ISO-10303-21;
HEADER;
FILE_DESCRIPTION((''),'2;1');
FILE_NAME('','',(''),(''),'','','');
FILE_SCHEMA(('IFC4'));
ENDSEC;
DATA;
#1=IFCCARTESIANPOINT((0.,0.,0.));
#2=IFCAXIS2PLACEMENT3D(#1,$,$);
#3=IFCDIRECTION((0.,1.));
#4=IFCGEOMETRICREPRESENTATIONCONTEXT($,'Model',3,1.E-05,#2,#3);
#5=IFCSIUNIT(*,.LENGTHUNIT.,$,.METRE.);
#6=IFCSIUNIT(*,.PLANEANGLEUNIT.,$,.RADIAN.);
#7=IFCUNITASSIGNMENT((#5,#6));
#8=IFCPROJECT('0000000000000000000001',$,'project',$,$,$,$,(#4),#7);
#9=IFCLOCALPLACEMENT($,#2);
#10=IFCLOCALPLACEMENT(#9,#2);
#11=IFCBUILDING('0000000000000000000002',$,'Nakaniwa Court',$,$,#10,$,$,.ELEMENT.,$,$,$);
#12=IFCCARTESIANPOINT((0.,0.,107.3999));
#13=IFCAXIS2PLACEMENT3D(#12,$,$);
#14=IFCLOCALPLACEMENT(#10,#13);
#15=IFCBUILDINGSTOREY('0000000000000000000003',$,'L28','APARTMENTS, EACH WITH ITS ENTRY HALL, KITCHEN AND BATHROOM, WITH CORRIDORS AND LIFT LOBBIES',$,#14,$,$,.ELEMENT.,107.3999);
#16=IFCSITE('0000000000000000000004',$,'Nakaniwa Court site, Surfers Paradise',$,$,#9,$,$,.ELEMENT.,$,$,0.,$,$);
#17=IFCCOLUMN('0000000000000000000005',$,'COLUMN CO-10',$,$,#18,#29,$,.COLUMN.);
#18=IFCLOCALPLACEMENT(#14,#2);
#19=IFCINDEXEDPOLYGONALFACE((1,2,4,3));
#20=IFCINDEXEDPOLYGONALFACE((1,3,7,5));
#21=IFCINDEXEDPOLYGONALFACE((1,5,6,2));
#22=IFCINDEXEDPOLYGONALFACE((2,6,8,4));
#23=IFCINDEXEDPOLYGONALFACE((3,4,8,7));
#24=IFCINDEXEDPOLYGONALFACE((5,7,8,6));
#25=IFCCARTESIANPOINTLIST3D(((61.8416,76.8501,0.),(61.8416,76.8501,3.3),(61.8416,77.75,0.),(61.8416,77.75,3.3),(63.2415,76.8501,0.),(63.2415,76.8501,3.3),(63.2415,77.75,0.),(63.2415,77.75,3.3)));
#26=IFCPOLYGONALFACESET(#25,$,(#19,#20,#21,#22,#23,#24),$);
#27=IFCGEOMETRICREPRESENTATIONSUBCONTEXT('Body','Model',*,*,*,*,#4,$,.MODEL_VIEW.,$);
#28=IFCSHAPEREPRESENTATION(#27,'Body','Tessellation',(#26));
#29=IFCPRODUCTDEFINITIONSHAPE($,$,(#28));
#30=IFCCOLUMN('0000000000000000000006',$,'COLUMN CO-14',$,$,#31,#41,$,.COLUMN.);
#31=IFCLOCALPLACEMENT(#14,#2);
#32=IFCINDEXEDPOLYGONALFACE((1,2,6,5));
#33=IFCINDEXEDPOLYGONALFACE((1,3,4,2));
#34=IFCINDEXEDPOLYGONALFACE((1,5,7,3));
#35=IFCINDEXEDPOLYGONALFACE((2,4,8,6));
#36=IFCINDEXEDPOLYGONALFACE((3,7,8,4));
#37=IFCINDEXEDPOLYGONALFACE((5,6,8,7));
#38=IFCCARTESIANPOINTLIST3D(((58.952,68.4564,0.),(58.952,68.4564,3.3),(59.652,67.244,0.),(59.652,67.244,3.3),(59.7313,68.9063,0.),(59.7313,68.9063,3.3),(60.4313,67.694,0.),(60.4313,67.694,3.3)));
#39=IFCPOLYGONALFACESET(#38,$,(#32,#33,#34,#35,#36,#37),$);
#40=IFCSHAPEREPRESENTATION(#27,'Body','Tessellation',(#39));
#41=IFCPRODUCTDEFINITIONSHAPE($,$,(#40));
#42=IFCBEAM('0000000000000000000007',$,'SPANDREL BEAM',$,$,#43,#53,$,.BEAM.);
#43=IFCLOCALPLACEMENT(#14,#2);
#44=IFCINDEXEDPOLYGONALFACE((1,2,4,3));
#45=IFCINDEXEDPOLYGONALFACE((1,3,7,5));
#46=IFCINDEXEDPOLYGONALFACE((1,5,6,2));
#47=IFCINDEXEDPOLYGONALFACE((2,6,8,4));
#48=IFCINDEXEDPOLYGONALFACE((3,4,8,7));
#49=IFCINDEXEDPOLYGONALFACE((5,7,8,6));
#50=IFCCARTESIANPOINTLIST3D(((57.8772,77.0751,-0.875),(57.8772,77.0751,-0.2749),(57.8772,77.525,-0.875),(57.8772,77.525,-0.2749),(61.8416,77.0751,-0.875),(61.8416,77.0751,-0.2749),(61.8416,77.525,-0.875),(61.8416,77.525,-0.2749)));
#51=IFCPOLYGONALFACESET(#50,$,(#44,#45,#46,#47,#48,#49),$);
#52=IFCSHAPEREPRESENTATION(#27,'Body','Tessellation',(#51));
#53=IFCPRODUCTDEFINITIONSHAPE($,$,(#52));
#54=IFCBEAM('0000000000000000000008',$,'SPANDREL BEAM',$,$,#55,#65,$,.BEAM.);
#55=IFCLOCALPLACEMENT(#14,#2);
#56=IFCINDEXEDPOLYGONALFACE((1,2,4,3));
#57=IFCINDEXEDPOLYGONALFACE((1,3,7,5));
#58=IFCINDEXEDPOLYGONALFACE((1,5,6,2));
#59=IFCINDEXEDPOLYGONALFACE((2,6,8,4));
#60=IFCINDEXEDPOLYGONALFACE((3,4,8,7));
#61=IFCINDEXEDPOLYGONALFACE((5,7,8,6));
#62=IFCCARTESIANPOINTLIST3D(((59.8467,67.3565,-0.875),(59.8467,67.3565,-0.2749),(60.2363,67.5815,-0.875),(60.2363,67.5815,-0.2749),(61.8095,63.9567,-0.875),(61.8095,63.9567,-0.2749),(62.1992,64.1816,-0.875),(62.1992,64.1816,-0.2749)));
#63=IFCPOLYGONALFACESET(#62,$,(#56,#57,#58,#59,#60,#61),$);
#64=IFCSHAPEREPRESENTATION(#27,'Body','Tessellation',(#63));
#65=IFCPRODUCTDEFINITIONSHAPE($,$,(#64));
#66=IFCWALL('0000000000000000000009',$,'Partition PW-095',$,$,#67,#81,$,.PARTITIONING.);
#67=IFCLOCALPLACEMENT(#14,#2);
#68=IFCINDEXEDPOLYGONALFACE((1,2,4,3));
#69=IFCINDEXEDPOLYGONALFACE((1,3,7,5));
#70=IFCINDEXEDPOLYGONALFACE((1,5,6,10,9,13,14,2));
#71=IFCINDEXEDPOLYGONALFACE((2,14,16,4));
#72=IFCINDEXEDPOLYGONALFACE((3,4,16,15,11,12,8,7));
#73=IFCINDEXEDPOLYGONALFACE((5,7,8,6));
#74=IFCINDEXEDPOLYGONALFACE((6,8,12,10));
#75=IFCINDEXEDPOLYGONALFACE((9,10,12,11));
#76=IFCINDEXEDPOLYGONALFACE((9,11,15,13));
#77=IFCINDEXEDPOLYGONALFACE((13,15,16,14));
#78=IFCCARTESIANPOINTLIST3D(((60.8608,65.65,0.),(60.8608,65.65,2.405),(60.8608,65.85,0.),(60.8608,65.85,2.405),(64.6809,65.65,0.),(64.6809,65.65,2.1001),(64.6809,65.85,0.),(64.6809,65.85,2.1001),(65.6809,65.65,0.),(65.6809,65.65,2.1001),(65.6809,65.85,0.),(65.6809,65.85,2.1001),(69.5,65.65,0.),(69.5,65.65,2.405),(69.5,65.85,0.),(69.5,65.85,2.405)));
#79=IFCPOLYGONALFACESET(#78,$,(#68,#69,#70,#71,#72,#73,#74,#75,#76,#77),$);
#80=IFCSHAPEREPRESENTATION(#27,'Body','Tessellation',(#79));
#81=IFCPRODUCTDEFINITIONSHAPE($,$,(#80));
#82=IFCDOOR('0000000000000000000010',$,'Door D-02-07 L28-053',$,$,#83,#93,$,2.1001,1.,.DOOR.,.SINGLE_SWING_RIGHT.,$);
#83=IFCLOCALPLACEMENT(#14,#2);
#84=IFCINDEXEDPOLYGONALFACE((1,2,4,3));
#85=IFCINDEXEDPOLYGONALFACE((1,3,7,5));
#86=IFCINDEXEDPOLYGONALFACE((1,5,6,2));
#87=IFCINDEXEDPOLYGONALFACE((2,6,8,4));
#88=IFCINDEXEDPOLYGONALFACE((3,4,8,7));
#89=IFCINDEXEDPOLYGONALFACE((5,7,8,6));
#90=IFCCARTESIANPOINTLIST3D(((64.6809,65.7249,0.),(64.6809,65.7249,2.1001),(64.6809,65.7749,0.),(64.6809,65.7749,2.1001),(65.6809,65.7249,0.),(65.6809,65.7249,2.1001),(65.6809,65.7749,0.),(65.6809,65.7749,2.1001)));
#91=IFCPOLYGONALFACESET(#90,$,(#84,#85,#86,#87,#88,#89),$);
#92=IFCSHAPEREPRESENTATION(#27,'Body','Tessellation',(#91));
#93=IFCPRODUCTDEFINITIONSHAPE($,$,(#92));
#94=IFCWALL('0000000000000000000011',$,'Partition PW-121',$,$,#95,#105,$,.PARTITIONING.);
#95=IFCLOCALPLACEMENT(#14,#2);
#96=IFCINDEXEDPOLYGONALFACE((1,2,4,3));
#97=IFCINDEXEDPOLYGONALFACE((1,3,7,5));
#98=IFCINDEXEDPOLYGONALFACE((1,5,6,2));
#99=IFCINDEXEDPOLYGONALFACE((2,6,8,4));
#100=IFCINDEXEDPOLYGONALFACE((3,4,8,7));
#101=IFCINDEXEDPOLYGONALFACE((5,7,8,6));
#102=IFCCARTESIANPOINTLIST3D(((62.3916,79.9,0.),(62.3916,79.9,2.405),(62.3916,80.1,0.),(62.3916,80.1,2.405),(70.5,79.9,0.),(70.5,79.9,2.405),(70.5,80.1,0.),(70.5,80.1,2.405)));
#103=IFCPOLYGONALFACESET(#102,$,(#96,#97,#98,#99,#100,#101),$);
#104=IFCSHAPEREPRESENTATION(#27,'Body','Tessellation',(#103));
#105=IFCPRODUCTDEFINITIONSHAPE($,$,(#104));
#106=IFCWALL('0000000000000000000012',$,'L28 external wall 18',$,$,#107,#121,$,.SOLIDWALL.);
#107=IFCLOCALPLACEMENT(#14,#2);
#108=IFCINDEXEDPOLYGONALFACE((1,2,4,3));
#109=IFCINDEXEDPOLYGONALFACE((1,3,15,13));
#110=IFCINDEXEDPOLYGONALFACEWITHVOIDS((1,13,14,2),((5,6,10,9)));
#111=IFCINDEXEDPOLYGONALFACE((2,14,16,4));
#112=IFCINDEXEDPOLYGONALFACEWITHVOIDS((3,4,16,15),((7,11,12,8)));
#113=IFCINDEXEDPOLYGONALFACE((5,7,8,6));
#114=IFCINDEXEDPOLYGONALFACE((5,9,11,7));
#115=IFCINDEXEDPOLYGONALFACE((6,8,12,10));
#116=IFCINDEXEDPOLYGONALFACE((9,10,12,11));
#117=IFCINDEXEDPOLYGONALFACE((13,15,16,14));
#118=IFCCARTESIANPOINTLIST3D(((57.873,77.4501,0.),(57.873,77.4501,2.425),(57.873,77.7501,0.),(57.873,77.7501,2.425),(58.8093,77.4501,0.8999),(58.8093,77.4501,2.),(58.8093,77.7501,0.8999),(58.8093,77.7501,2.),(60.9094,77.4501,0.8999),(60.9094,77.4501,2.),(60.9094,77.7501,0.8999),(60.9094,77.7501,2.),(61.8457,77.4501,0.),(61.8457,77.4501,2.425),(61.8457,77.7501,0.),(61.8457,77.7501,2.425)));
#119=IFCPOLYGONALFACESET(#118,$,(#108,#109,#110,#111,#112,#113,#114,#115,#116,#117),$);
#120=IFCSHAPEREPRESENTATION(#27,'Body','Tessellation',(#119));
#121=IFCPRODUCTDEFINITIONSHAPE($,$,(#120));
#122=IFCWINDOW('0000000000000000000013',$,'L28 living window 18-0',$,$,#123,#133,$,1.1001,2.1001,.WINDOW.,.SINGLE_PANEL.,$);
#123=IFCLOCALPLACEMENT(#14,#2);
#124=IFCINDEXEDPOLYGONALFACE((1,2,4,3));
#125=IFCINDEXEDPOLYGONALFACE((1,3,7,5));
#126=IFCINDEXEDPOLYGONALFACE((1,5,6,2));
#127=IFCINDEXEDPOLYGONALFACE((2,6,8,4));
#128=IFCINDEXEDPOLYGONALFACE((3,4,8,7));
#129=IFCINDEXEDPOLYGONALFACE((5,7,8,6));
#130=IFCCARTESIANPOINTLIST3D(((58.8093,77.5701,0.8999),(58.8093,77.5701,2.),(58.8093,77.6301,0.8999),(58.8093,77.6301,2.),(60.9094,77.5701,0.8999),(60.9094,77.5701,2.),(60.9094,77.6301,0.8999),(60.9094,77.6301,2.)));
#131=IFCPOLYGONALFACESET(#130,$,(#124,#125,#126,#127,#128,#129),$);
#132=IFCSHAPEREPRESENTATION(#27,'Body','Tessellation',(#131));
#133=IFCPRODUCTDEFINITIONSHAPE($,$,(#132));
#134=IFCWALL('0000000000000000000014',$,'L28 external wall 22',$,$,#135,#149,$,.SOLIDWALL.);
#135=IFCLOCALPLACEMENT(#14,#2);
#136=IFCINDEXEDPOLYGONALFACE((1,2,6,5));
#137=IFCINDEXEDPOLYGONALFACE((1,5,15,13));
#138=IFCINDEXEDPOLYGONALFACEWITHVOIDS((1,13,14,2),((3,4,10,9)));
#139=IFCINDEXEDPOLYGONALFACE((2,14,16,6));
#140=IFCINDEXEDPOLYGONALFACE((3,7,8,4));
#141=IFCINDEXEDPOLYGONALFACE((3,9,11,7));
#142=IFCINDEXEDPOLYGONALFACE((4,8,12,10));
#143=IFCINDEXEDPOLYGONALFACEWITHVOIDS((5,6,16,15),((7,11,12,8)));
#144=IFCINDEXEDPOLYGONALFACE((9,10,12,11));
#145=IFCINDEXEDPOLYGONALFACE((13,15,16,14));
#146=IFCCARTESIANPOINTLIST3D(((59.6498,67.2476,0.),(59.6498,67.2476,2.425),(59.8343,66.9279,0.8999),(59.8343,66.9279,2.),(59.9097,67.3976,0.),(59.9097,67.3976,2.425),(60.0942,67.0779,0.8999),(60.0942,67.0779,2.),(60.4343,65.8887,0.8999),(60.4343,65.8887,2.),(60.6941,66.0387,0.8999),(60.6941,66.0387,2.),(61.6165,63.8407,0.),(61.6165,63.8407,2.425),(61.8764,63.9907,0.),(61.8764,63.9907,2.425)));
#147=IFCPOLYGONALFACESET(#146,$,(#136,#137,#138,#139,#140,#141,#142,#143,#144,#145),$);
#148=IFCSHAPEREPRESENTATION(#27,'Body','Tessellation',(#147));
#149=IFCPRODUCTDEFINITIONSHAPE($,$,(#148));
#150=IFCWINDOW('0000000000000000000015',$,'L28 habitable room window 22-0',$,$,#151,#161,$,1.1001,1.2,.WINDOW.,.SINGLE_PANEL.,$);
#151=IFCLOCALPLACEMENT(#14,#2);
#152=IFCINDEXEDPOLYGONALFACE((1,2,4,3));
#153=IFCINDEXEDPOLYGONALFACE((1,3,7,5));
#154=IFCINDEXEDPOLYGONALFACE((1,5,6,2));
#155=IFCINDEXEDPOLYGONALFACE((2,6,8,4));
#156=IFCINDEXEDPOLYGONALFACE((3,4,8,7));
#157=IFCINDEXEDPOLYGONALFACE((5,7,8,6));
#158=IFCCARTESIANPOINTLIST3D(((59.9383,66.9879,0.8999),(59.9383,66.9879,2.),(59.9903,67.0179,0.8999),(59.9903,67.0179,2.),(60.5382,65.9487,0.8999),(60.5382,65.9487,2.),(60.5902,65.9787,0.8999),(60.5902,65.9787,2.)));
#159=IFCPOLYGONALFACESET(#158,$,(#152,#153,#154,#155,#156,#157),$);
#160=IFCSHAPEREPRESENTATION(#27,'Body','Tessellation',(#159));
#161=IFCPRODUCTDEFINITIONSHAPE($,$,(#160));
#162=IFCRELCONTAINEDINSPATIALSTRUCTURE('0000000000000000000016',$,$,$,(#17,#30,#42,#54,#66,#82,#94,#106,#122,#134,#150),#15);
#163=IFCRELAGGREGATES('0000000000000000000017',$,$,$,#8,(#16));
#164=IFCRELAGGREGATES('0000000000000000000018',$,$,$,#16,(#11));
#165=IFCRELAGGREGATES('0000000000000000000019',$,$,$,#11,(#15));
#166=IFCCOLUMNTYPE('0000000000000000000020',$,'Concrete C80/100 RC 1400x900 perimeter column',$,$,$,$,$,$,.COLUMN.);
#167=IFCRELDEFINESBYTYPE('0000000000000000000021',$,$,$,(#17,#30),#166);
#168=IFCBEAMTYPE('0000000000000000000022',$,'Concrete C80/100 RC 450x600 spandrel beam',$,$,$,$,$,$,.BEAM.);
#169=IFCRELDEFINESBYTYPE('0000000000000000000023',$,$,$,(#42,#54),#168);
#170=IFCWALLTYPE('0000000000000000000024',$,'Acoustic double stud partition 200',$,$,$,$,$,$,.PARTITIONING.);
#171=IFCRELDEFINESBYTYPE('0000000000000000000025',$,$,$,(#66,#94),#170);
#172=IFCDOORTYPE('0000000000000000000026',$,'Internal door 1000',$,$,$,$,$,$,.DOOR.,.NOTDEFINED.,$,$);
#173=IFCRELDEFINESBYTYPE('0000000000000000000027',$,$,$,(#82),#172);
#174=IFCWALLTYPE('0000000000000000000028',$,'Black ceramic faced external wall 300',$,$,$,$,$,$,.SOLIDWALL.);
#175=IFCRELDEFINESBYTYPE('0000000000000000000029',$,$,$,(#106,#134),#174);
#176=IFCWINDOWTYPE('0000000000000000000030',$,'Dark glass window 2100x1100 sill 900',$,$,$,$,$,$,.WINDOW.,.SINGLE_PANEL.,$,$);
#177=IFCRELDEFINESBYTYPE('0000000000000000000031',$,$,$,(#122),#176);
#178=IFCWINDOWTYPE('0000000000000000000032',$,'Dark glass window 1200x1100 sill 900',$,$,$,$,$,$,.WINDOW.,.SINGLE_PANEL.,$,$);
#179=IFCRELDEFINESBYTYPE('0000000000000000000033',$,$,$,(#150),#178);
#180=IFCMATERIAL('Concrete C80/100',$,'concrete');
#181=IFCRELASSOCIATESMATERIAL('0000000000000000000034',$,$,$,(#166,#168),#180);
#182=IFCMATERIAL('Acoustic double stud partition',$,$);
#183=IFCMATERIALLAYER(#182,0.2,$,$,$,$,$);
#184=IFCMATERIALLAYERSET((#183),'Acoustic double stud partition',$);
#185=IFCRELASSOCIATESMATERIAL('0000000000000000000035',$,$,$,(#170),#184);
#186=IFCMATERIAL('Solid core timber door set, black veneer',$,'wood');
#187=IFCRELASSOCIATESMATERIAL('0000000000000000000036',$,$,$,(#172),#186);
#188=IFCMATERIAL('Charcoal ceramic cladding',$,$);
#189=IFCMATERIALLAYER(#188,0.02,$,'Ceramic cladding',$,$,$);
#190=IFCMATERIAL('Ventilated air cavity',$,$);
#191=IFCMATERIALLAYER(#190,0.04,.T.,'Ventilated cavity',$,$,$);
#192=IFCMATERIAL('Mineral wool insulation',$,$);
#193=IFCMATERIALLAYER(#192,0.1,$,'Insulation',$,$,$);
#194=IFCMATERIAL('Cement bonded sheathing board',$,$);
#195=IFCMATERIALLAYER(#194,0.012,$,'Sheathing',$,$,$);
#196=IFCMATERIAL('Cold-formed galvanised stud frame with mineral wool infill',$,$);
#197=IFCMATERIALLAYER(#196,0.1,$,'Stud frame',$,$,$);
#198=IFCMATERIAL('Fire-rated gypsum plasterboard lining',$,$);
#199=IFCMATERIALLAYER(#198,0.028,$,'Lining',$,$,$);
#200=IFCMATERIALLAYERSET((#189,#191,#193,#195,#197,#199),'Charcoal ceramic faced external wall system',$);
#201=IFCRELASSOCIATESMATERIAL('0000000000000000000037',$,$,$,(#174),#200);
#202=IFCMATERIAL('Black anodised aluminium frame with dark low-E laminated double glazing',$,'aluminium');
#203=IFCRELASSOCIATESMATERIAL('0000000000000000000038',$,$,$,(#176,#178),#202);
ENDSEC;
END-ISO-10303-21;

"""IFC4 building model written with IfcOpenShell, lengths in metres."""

from ifc_helpers import new_model, si_unit, direction, frame, frame_2d, origin, origin_2d, place, context, subcontext, project, spatial, rectangle, extrude, material, layer, layer_set, material_profile, profile_set, type_object, element, fill, save


model = new_model("IFC4")

# Units and contexts
model_context = context("Model", 3, precision=1e-05, world=origin(), true_north=direction((0.0, 1.0)))
body_context = subcontext(model_context, "Body", "Model", "MODEL_VIEW")
ifc_project = project(units=[si_unit("LENGTHUNIT", "METRE"), si_unit("PLANEANGLEUNIT", "RADIAN")], contexts=[model_context])

# Site, building, storey
site_placement = place(None, origin())
site = spatial("IfcSite", under=ifc_project, at=site_placement, Name="Nakaniwa Court site, Surfers Paradise", CompositionType="ELEMENT", RefElevation=0.0)
building_placement = place(site_placement, origin())
building = spatial("IfcBuilding", under=site, at=building_placement, Name="Nakaniwa Court", CompositionType="ELEMENT")
storey_placement = place(building_placement, frame((0.0, 0.0, 107.3999)))
storey = spatial("IfcBuildingStorey", under=building, at=storey_placement, Name="L28", Description="APARTMENTS, EACH WITH ITS ENTRY HALL, KITCHEN AND BATHROOM, WITH CORRIDORS AND LIFT LOBBIES", CompositionType="ELEMENT", Elevation=107.3999)

# Columns
ifc_material_1 = material(Name="Concrete C80/100", Category="concrete")
ifc_material_profile_1 = material_profile(ifc_material_1, rectangle(XDim=1.3999, YDim=0.8999, at=origin_2d()), Name="Concrete C80/100 RC 1400x900 perimeter column")
ifc_profile_set_1 = profile_set([ifc_material_profile_1], Name="Concrete C80/100")
column_type = type_object("IfcColumnType", Name="Concrete C80/100 RC 1400x900 perimeter column", PredefinedType="COLUMN", material=ifc_profile_set_1)
for number, where, z_axis, x_axis, name in (
    (1, (62.5415, 77.3, 0.0), (0.0, 0.0, 1.0), (-1.0, 0.0, 0.0), "COLUMN CO-10"),
    (2, (59.6917, 68.0752, 0.0), (0.0, 0.0, 1.0), (0.5, -0.866025, 0.0), "COLUMN CO-14"),
):
    element("IfcColumn", number, at=place(storey_placement, frame(where, z_axis=z_axis, x_axis=x_axis)), inside=storey, type_object=column_type, Name=name, PredefinedType="COLUMN", context=body_context, shape_type="SweptSolid", body=[
        extrude(rectangle(XDim=1.3999, YDim=0.8999, at=origin_2d()), origin(), (0.0, 0.0, 1.0), 3.3),
    ])

# Beams
ifc_material_profile_2 = material_profile(ifc_material_1, rectangle(XDim=0.45, YDim=0.6001, at=origin_2d()), Name="Concrete C80/100 RC 450x600 spandrel beam")
ifc_profile_set_2 = profile_set([ifc_material_profile_2], Name="Concrete C80/100")
beam_type = type_object("IfcBeamType", Name="Concrete C80/100 RC 450x600 spandrel beam", PredefinedType="BEAM", material=ifc_profile_set_2)
beam_1_placement = place(storey_placement, frame((61.8416, 77.3, -0.575), z_axis=(-1.0, 0.0, 0.0), x_axis=(0.0, -1.0, 0.0)))
element("IfcBeam", 3, at=beam_1_placement, inside=storey, type_object=beam_type, Name="SPANDREL BEAM", PredefinedType="BEAM", context=body_context, shape_type="SweptSolid", body=[
    extrude(rectangle(XDim=0.45, YDim=0.6001, at=origin_2d()), origin(), (0.0, 0.0, 1.0), 3.9644),
])
beam_2_placement = place(storey_placement, frame((60.0415, 67.469, -0.575), z_axis=(0.499992, -0.86603, 0.0), x_axis=(0.86603, 0.499992, 0.0)))
element("IfcBeam", 4, at=beam_2_placement, inside=storey, type_object=beam_type, Name="SPANDREL BEAM", PredefinedType="BEAM", context=body_context, shape_type="SweptSolid", body=[
    extrude(rectangle(XDim=0.45, YDim=0.6001, at=origin_2d()), origin(), (0.0, 0.0, 1.0), 3.9258),
])

# Wall, opening, door
ifc_material_2 = material(Name="Acoustic double stud partition")
ifc_layer_1 = layer(ifc_material_2, 0.2)
ifc_layer_set_1 = layer_set([ifc_layer_1], Name="Acoustic double stud partition")
wall_type_1 = type_object("IfcWallType", Name="Acoustic double stud partition 200", PredefinedType="PARTITIONING", material=ifc_layer_set_1)
wall_1_placement = place(storey_placement, frame((60.8608, 65.75, 0.0), z_axis=(0.0, 0.0, 1.0), x_axis=(1.0, 0.0, 0.0)))
wall_1 = element("IfcWall", 5, at=wall_1_placement, inside=storey, type_object=wall_type_1, Name="Partition PW-095", PredefinedType="PARTITIONING", context=body_context, shape_type="SweptSolid", body=[
    extrude(rectangle(XDim=8.6392, YDim=0.2, at=frame_2d((4.3196, 0.0))), origin(), (0.0, 0.0, 1.0), 2.405),
])
opening_1_placement = place(wall_1_placement, frame((3.8201, 0.0, 0.0)))
opening_1 = element("IfcOpeningElement", 6, at=opening_1_placement, cuts=wall_1, PredefinedType="OPENING", context=body_context, shape_type="SweptSolid", body=[
    extrude(rectangle(XDim=1.0, YDim=2.1001, at=frame_2d((0.5, 1.05))), frame((0.0, 0.1099, 0.0), z_axis=(0.0, -1.0, 0.0), x_axis=(1.0, 0.0, 0.0)), (0.0, 0.0, 1.0), 0.22),
])
ifc_material_3 = material(Name="Solid core timber door set, black veneer", Category="wood")
door_type_1 = type_object("IfcDoorType", Name="Internal door 1000", OperationType="NOTDEFINED", PredefinedType="DOOR", material=ifc_material_3)
door_1_placement = place(opening_1_placement, origin())
door_1 = element("IfcDoor", 7, at=door_1_placement, inside=storey, type_object=door_type_1, Name="Door D-02-07 L28-053", OperationType="SINGLE_SWING_RIGHT", OverallHeight=2.1001, OverallWidth=1.0, PredefinedType="DOOR", context=body_context, shape_type="SweptSolid", body=[
    extrude(rectangle(XDim=1.0, YDim=2.1001, at=frame_2d((0.5, 1.05))), frame((0.0, 0.0249, 0.0), z_axis=(0.0, -1.0, 0.0), x_axis=(1.0, 0.0, 0.0)), (0.0, 0.0, 1.0), 0.05),
])
fill(opening_1, door_1)

# Wall
wall_2_placement = place(storey_placement, frame((62.3916, 80.0, 0.0), z_axis=(0.0, 0.0, 1.0), x_axis=(1.0, 0.0, 0.0)))
element("IfcWall", 8, at=wall_2_placement, inside=storey, type_object=wall_type_1, Name="Partition PW-121", PredefinedType="PARTITIONING", context=body_context, shape_type="SweptSolid", body=[
    extrude(rectangle(XDim=8.1084, YDim=0.2, at=frame_2d((4.0542, 0.0))), origin(), (0.0, 0.0, 1.0), 2.405),
])

# Walls, openings, windows
ifc_material_4 = material(Name="Charcoal ceramic cladding")
ifc_layer_2 = layer(ifc_material_4, 0.02, Name="Ceramic cladding")
ifc_material_5 = material(Name="Ventilated air cavity")
ifc_layer_3 = layer(ifc_material_5, 0.04, ventilated=True, Name="Ventilated cavity")
ifc_material_6 = material(Name="Mineral wool insulation")
ifc_layer_4 = layer(ifc_material_6, 0.1, Name="Insulation")
ifc_material_7 = material(Name="Cement bonded sheathing board")
ifc_layer_5 = layer(ifc_material_7, 0.012, Name="Sheathing")
ifc_material_8 = material(Name="Cold-formed galvanised stud frame with mineral wool infill")
ifc_layer_6 = layer(ifc_material_8, 0.1, Name="Stud frame")
ifc_material_9 = material(Name="Fire-rated gypsum plasterboard lining")
ifc_layer_7 = layer(ifc_material_9, 0.028, Name="Lining")
ifc_layer_set_2 = layer_set([ifc_layer_2, ifc_layer_3, ifc_layer_4, ifc_layer_5, ifc_layer_6, ifc_layer_7], Name="Charcoal ceramic faced external wall system")
wall_type_2 = type_object("IfcWallType", Name="Black ceramic faced external wall 300", PredefinedType="SOLIDWALL", material=ifc_layer_set_2)
wall_3_placement = place(storey_placement, frame((61.8457, 77.6001, 0.0), z_axis=(0.0, 0.0, 1.0), x_axis=(-1.0, 0.0, 0.0)))
wall_3 = element("IfcWall", 9, at=wall_3_placement, inside=storey, type_object=wall_type_2, Name="L28 external wall 18", PredefinedType="SOLIDWALL", context=body_context, shape_type="SweptSolid", body=[
    extrude(rectangle(XDim=3.9727, YDim=0.3, at=frame_2d((1.9863, 0.0))), origin(), (0.0, 0.0, 1.0), 2.425),
])
opening_2_placement = place(wall_3_placement, frame((0.9363, 0.0, 0.8999)))
opening_2 = element("IfcOpeningElement", 10, at=opening_2_placement, cuts=wall_3, PredefinedType="OPENING", context=body_context, shape_type="SweptSolid", body=[
    extrude(rectangle(XDim=2.1001, YDim=1.1001, at=frame_2d((1.05, 0.55))), frame((0.0, 0.1599, 0.0), z_axis=(0.0, -1.0, 0.0), x_axis=(1.0, 0.0, 0.0)), (0.0, 0.0, 1.0), 0.3201),
])
ifc_material_10 = material(Name="Black anodised aluminium frame with dark low-E laminated double glazing", Category="aluminium")
window_type_1 = type_object("IfcWindowType", Name="Dark glass window 2100x1100 sill 900", PartitioningType="SINGLE_PANEL", PredefinedType="WINDOW", material=ifc_material_10)
window_1_placement = place(opening_2_placement, origin())
window_1 = element("IfcWindow", 11, at=window_1_placement, inside=storey, type_object=window_type_1, Name="L28 living window 18-0", OverallHeight=1.1001, OverallWidth=2.1001, PartitioningType="SINGLE_PANEL", PredefinedType="WINDOW", context=body_context, shape_type="SweptSolid", body=[
    extrude(rectangle(XDim=2.1001, YDim=1.1001, at=frame_2d((1.05, 0.55))), frame((0.0, 0.03, 0.0), z_axis=(0.0, -1.0, 0.0), x_axis=(1.0, 0.0, 0.0)), (0.0, 0.0, 1.0), 0.0601),
])
fill(opening_2, window_1)
wall_4_placement = place(storey_placement, frame((59.7798, 67.3225, 0.0), z_axis=(0.0, 0.0, 1.0), x_axis=(0.499957, -0.86605, 0.0)))
wall_4 = element("IfcWall", 12, at=wall_4_placement, inside=storey, type_object=wall_type_2, Name="L28 external wall 22", PredefinedType="SOLIDWALL", context=body_context, shape_type="SweptSolid", body=[
    extrude(rectangle(XDim=3.9338, YDim=0.3, at=frame_2d((1.9668, 0.0))), origin(), (0.0, 0.0, 1.0), 2.425),
])
opening_3_placement = place(wall_4_placement, frame((0.3689, 0.0, 0.8999)))
opening_3 = element("IfcOpeningElement", 13, at=opening_3_placement, cuts=wall_4, PredefinedType="OPENING", context=body_context, shape_type="SweptSolid", body=[
    extrude(rectangle(XDim=1.2, YDim=1.1001, at=frame_2d((0.6001, 0.55))), frame((0.0, 0.1599, 0.0), z_axis=(0.0, -1.0, 0.0), x_axis=(1.0, 0.0, 0.0)), (0.0, 0.0, 1.0), 0.3201),
])
window_type_2 = type_object("IfcWindowType", Name="Dark glass window 1200x1100 sill 900", PartitioningType="SINGLE_PANEL", PredefinedType="WINDOW", material=ifc_material_10)
window_2_placement = place(opening_3_placement, origin())
window_2 = element("IfcWindow", 14, at=window_2_placement, inside=storey, type_object=window_type_2, Name="L28 habitable room window 22-0", OverallHeight=1.1001, OverallWidth=1.2, PartitioningType="SINGLE_PANEL", PredefinedType="WINDOW", context=body_context, shape_type="SweptSolid", body=[
    extrude(rectangle(XDim=1.2, YDim=1.1001, at=frame_2d((0.6001, 0.55))), frame((0.0, 0.03, 0.0), z_axis=(0.0, -1.0, 0.0), x_axis=(1.0, 0.0, 0.0)), (0.0, 0.0, 1.0), 0.0601),
])
fill(opening_3, window_2)

save(model, "model.ifc")
